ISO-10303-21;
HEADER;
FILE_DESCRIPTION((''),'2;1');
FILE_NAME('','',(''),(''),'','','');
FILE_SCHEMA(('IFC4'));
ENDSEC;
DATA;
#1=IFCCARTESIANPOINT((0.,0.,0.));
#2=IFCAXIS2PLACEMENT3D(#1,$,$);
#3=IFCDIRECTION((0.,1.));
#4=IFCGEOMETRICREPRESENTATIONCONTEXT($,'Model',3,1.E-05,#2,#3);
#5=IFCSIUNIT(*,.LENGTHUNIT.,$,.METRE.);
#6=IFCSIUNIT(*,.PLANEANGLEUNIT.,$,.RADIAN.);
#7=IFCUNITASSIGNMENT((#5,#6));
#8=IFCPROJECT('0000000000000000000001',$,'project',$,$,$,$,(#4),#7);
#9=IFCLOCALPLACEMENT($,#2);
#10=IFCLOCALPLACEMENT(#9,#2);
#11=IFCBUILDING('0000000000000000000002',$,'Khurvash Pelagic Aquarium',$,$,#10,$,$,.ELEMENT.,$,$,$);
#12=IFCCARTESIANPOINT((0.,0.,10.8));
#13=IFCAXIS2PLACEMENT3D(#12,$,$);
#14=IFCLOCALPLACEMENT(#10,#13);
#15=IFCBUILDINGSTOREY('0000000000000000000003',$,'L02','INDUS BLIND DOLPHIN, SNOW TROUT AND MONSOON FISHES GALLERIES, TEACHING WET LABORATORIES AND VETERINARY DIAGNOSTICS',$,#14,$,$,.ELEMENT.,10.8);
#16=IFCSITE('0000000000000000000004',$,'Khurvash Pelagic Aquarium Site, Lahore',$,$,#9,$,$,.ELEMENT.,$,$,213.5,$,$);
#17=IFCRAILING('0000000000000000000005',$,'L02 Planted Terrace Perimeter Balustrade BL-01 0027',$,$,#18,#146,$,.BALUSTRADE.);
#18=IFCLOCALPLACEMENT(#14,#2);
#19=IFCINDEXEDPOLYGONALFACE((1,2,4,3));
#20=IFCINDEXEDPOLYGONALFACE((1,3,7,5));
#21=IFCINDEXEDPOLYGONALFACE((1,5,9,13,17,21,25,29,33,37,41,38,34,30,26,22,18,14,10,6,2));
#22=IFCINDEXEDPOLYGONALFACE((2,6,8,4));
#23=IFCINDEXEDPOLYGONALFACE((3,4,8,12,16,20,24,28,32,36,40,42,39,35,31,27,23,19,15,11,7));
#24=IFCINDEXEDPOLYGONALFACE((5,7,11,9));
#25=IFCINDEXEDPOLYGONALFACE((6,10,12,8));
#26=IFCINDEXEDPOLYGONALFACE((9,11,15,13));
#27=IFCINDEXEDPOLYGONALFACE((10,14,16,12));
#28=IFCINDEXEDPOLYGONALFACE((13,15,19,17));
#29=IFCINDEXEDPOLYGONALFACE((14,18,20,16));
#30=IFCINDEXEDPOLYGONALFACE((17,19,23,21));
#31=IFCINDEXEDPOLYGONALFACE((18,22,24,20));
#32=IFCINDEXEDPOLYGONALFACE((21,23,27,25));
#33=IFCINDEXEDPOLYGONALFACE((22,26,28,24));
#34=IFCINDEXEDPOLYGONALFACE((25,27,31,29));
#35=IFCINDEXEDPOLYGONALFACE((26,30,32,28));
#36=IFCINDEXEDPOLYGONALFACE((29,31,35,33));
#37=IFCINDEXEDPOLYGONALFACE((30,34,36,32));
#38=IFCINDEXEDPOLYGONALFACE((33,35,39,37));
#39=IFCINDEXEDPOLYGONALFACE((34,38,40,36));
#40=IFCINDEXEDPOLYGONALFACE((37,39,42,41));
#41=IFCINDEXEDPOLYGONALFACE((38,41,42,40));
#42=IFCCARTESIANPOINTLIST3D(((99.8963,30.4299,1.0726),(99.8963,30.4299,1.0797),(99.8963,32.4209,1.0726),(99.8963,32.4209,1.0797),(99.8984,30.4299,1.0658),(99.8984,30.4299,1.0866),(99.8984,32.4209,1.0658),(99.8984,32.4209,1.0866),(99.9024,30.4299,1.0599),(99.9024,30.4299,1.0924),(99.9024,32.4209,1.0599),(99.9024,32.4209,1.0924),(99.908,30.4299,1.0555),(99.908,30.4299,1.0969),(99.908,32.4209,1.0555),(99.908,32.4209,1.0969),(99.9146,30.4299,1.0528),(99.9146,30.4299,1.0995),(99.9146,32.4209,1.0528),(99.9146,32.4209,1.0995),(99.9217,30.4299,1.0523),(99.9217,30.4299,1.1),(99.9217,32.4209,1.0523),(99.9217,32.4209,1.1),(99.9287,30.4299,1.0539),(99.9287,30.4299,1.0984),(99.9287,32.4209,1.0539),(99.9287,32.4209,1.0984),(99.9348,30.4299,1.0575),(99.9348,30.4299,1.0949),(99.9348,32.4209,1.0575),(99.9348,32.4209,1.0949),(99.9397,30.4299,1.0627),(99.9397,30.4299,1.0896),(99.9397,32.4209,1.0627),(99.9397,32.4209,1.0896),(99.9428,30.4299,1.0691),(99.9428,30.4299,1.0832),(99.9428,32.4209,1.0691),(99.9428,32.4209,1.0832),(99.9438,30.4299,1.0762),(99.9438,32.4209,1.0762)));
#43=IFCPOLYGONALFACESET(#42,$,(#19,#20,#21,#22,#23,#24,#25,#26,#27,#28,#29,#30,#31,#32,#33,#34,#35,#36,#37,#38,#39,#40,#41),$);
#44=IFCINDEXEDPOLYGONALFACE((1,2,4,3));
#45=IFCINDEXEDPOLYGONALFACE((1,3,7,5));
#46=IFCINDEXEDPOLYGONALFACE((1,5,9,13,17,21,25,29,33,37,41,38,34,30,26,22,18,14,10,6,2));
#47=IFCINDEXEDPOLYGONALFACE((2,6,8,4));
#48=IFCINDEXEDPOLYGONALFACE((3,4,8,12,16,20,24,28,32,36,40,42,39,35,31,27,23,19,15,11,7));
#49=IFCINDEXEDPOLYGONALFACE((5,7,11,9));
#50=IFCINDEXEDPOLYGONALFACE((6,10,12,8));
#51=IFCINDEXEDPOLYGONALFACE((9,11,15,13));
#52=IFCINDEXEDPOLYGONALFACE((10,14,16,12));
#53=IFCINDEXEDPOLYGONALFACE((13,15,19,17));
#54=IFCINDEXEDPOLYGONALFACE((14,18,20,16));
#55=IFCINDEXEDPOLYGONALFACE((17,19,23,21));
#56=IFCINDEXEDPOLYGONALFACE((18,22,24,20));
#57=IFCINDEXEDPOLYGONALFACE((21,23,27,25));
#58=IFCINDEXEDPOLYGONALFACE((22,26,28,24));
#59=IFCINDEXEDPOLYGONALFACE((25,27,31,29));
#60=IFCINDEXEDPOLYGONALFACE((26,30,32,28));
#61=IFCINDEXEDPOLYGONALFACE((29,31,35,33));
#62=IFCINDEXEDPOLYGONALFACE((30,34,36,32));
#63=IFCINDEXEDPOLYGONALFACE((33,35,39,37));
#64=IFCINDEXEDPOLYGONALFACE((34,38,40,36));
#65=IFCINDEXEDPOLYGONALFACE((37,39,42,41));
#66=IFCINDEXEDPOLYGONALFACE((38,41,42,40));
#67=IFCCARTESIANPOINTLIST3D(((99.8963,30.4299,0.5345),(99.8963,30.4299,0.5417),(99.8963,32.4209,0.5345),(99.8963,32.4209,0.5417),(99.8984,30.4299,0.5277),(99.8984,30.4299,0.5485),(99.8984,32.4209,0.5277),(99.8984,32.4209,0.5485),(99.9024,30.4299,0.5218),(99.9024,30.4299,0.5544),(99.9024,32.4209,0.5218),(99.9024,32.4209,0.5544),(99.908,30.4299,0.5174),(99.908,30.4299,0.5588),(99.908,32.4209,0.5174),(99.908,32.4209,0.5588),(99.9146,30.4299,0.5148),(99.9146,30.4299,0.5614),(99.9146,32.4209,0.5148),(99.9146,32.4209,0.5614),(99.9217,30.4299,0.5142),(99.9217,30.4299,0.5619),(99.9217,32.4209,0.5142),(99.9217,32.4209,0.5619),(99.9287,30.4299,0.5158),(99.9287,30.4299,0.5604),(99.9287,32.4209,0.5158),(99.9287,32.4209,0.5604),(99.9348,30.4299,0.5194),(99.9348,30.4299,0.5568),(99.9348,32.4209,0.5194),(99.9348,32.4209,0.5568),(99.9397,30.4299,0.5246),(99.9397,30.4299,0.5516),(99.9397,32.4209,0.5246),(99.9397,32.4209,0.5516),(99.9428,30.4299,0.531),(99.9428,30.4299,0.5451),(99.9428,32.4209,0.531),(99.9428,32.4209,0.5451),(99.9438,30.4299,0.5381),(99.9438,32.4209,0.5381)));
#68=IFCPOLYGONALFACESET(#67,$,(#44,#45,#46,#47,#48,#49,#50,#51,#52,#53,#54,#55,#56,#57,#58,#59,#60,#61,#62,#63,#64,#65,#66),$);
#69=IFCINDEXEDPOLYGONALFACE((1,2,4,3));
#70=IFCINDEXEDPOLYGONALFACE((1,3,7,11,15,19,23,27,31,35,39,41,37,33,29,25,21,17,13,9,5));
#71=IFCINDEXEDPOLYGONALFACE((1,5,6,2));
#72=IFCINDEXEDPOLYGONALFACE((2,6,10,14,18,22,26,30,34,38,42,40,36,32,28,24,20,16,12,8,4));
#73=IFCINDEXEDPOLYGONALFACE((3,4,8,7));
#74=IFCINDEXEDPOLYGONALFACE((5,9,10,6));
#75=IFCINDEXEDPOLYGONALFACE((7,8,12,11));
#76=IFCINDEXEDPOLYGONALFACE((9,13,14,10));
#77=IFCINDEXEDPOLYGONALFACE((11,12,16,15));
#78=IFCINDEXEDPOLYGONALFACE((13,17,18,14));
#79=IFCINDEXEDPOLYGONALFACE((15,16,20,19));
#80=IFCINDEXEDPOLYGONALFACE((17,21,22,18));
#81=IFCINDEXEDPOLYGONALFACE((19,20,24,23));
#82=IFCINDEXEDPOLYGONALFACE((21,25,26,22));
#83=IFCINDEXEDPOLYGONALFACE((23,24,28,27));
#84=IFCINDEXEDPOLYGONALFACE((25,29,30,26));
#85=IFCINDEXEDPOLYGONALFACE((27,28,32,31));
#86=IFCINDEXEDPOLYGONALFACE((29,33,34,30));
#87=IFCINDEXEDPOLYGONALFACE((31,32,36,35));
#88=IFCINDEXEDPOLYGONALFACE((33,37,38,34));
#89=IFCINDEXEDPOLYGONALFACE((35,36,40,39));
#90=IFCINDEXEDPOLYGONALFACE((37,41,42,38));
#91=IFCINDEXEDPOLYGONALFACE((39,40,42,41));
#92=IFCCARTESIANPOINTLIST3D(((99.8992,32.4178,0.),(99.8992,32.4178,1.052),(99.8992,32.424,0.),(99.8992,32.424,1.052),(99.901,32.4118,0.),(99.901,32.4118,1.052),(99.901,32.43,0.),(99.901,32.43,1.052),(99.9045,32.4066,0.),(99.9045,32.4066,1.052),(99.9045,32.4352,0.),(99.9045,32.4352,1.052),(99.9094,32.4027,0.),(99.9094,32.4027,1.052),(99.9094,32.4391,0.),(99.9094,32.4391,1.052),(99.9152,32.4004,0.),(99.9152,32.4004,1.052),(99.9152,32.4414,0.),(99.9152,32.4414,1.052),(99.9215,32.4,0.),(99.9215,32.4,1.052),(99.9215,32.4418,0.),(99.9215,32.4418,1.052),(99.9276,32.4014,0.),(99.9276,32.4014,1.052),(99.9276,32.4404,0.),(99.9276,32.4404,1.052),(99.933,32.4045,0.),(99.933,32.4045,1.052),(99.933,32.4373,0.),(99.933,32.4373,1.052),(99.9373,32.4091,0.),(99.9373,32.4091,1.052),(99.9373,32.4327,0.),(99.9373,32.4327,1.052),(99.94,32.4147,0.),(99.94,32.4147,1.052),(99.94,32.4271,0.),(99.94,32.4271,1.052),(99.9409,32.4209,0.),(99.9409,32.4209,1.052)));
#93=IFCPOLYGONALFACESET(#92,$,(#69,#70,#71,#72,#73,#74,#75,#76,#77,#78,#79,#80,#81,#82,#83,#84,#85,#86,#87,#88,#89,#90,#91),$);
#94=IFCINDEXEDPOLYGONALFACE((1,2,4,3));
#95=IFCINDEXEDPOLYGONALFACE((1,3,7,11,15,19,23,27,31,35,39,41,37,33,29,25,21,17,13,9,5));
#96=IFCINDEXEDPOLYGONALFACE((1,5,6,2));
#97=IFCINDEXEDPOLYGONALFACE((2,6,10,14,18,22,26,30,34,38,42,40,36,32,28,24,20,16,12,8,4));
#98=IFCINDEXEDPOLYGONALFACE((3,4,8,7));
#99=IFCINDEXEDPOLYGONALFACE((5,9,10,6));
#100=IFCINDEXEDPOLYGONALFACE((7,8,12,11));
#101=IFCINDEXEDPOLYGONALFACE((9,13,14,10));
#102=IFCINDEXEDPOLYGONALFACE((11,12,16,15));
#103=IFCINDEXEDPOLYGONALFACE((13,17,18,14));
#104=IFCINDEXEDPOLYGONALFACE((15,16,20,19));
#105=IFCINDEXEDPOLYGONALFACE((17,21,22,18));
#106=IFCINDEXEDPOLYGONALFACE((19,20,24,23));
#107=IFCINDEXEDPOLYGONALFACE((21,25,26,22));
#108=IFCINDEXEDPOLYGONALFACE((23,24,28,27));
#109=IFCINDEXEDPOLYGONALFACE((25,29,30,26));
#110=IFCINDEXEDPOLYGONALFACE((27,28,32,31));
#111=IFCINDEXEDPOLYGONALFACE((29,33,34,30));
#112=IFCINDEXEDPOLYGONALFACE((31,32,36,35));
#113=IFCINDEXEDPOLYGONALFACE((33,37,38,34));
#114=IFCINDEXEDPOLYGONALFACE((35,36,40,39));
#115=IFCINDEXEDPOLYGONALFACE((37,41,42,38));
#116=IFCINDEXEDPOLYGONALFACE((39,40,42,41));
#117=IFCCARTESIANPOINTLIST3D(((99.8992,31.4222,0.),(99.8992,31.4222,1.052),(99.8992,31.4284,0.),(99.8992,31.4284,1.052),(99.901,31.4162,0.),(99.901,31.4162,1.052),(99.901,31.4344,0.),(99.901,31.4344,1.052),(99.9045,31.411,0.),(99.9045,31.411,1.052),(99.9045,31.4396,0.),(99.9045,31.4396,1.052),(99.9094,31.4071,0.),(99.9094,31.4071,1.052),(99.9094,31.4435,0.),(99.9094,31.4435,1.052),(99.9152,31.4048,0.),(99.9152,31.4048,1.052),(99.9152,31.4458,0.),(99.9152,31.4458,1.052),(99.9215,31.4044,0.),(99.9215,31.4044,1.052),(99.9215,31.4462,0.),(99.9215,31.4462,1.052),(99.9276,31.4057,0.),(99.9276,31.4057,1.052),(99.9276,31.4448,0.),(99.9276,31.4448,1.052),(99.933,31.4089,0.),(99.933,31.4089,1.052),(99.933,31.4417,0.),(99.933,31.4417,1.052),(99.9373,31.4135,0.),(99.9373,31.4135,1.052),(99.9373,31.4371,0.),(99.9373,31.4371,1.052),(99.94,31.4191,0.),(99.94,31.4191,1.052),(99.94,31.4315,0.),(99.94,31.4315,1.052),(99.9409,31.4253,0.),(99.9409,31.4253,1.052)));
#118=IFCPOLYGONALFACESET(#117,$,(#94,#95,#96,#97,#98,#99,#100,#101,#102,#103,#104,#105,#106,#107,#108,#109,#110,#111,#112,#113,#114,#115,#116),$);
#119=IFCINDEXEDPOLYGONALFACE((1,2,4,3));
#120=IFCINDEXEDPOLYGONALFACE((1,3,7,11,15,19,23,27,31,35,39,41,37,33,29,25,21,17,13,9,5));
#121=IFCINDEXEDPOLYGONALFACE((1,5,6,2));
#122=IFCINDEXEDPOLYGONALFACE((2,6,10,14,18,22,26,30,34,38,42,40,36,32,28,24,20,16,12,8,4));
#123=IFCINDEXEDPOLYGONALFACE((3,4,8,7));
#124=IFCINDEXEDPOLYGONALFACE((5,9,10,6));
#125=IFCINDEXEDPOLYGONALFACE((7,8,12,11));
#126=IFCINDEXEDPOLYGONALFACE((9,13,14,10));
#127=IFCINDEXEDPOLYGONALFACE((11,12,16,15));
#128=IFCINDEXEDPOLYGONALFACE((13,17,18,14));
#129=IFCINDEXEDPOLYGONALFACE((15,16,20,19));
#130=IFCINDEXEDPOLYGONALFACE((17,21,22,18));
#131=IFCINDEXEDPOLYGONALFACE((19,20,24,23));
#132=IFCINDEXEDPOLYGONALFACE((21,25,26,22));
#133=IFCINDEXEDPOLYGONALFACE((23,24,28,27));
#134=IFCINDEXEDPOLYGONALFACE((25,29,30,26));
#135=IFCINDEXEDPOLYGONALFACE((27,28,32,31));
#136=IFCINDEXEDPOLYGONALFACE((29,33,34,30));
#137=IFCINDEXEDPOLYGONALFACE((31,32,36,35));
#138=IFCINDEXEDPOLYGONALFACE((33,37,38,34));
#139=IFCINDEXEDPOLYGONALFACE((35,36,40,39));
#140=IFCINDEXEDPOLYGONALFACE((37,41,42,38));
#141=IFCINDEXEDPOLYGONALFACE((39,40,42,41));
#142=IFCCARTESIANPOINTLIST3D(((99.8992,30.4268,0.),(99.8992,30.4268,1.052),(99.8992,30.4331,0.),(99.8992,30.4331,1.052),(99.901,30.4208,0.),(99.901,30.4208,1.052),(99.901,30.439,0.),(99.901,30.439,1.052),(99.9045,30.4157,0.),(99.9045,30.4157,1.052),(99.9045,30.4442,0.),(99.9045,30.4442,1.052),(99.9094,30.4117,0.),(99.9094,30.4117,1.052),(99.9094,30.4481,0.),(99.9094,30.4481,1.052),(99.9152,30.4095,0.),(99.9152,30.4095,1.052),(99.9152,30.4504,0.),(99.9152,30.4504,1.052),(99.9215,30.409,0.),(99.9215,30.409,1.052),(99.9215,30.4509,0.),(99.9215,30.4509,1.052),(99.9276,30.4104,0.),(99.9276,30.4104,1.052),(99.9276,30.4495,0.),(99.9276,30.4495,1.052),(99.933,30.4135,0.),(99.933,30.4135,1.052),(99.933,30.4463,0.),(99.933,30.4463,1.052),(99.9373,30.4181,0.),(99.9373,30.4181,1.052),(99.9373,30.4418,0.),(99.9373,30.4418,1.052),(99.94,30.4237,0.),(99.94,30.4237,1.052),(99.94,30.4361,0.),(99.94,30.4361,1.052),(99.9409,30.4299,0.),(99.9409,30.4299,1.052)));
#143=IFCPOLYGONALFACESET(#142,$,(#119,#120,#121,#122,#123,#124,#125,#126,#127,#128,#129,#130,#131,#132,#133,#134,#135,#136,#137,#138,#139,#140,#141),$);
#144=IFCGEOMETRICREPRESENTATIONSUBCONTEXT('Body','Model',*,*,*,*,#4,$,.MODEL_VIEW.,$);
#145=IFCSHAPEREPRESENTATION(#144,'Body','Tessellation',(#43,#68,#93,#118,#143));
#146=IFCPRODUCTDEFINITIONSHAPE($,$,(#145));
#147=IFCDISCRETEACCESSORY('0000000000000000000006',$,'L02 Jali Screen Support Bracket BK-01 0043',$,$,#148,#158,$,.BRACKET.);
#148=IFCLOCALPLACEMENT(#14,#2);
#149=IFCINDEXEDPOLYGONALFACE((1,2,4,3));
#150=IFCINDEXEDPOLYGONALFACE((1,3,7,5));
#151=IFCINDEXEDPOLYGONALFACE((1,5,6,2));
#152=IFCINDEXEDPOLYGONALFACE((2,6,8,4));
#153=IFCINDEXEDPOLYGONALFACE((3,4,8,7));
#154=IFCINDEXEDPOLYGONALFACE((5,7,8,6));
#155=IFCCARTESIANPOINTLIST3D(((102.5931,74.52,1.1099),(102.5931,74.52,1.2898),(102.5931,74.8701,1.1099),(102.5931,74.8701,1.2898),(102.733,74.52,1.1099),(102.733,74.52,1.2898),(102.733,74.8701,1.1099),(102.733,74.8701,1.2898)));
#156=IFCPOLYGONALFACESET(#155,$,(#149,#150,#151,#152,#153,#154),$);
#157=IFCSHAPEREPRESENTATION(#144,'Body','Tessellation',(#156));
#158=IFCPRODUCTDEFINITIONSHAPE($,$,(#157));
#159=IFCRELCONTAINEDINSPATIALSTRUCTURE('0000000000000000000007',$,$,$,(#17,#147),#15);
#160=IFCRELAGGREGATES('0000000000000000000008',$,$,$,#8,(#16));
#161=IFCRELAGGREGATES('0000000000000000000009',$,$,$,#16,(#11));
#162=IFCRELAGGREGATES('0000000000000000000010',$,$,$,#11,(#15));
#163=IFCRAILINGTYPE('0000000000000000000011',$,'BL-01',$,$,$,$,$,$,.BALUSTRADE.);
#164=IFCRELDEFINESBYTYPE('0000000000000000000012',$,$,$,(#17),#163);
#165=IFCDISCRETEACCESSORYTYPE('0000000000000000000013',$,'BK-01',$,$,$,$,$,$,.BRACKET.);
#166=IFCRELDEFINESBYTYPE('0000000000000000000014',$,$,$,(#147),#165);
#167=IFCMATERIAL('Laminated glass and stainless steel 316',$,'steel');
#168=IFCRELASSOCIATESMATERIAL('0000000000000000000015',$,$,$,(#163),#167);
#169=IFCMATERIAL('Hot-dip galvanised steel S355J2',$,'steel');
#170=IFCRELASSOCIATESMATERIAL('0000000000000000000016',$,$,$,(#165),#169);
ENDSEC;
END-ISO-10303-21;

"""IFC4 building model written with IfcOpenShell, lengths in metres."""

from ifc_helpers import new_model, si_unit, direction, frame, origin, origin_2d, place, context, subcontext, project, spatial, rectangle, circle, extrude, material, type_object, element, save


model = new_model("IFC4")

# Units and contexts
model_context = context("Model", 3, precision=1e-05, world=origin(), true_north=direction((0.0, 1.0)))
body_context = subcontext(model_context, "Body", "Model", "MODEL_VIEW")
ifc_project = project(units=[si_unit("LENGTHUNIT", "METRE"), si_unit("PLANEANGLEUNIT", "RADIAN")], contexts=[model_context])

# Site, building, storey
site_placement = place(None, origin())
site = spatial("IfcSite", under=ifc_project, at=site_placement, Name="Khurvash Pelagic Aquarium Site, Lahore", CompositionType="ELEMENT", RefElevation=213.5)
building_placement = place(site_placement, origin())
building = spatial("IfcBuilding", under=site, at=building_placement, Name="Khurvash Pelagic Aquarium", CompositionType="ELEMENT")
storey_placement = place(building_placement, frame((0.0, 0.0, 10.8)))
storey = spatial("IfcBuildingStorey", under=building, at=storey_placement, Name="L02", Description="INDUS BLIND DOLPHIN, SNOW TROUT AND MONSOON FISHES GALLERIES, TEACHING WET LABORATORIES AND VETERINARY DIAGNOSTICS", CompositionType="ELEMENT", Elevation=10.8)

# Railing
ifc_material_1 = material(Name="Laminated glass and stainless steel 316", Category="steel")
railing_type = type_object("IfcRailingType", Name="BL-01", PredefinedType="BALUSTRADE", material=ifc_material_1)
railing_1_placement = place(storey_placement, frame((99.9199, 32.4209, 0.0)))
element("IfcRailing", 1, at=railing_1_placement, inside=storey, type_object=railing_type, Name="L02 Planted Terrace Perimeter Balustrade BL-01 0027", PredefinedType="BALUSTRADE", context=body_context, shape_type="SweptSolid", body=[
    extrude(circle(Radius=0.0239, at=origin_2d()), frame((0.0, 0.0, 1.0762), z_axis=(0.0, -1.0, 0.0), x_axis=(1.0, 0.0, 0.0)), (0.0, 0.0, 1.0), 1.991),
    extrude(circle(Radius=0.0239, at=origin_2d()), frame((0.0, 0.0, 0.5381), z_axis=(0.0, -1.0, 0.0), x_axis=(1.0, 0.0, 0.0)), (0.0, 0.0, 1.0), 1.991),
    extrude(circle(Radius=0.021, at=origin_2d()), origin(), (0.0, 0.0, 1.0), 1.052),
    extrude(circle(Radius=0.021, at=origin_2d()), frame((0.0, -0.9956, 0.0)), (0.0, 0.0, 1.0), 1.052),
    extrude(circle(Radius=0.021, at=origin_2d()), frame((0.0, -1.991, 0.0)), (0.0, 0.0, 1.0), 1.052),
])

# Discrete accessory
ifc_material_2 = material(Name="Hot-dip galvanised steel S355J2", Category="steel")
discrete_accessory_type = type_object("IfcDiscreteAccessoryType", Name="BK-01", PredefinedType="BRACKET", material=ifc_material_2)
discrete_accessory_placement = place(storey_placement, frame((102.6631, 74.6951, 1.1099), z_axis=(0.0, 0.0, 1.0), x_axis=(1.0, 0.0, 0.0)))
element("IfcDiscreteAccessory", 2, at=discrete_accessory_placement, inside=storey, type_object=discrete_accessory_type, Name="L02 Jali Screen Support Bracket BK-01 0043", PredefinedType="BRACKET", context=body_context, shape_type="SweptSolid", body=[
    extrude(rectangle(XDim=0.1399, YDim=0.3501, at=origin_2d()), origin(), (0.0, 0.0, 1.0), 0.1799),
])

save(model, "model.ifc")
